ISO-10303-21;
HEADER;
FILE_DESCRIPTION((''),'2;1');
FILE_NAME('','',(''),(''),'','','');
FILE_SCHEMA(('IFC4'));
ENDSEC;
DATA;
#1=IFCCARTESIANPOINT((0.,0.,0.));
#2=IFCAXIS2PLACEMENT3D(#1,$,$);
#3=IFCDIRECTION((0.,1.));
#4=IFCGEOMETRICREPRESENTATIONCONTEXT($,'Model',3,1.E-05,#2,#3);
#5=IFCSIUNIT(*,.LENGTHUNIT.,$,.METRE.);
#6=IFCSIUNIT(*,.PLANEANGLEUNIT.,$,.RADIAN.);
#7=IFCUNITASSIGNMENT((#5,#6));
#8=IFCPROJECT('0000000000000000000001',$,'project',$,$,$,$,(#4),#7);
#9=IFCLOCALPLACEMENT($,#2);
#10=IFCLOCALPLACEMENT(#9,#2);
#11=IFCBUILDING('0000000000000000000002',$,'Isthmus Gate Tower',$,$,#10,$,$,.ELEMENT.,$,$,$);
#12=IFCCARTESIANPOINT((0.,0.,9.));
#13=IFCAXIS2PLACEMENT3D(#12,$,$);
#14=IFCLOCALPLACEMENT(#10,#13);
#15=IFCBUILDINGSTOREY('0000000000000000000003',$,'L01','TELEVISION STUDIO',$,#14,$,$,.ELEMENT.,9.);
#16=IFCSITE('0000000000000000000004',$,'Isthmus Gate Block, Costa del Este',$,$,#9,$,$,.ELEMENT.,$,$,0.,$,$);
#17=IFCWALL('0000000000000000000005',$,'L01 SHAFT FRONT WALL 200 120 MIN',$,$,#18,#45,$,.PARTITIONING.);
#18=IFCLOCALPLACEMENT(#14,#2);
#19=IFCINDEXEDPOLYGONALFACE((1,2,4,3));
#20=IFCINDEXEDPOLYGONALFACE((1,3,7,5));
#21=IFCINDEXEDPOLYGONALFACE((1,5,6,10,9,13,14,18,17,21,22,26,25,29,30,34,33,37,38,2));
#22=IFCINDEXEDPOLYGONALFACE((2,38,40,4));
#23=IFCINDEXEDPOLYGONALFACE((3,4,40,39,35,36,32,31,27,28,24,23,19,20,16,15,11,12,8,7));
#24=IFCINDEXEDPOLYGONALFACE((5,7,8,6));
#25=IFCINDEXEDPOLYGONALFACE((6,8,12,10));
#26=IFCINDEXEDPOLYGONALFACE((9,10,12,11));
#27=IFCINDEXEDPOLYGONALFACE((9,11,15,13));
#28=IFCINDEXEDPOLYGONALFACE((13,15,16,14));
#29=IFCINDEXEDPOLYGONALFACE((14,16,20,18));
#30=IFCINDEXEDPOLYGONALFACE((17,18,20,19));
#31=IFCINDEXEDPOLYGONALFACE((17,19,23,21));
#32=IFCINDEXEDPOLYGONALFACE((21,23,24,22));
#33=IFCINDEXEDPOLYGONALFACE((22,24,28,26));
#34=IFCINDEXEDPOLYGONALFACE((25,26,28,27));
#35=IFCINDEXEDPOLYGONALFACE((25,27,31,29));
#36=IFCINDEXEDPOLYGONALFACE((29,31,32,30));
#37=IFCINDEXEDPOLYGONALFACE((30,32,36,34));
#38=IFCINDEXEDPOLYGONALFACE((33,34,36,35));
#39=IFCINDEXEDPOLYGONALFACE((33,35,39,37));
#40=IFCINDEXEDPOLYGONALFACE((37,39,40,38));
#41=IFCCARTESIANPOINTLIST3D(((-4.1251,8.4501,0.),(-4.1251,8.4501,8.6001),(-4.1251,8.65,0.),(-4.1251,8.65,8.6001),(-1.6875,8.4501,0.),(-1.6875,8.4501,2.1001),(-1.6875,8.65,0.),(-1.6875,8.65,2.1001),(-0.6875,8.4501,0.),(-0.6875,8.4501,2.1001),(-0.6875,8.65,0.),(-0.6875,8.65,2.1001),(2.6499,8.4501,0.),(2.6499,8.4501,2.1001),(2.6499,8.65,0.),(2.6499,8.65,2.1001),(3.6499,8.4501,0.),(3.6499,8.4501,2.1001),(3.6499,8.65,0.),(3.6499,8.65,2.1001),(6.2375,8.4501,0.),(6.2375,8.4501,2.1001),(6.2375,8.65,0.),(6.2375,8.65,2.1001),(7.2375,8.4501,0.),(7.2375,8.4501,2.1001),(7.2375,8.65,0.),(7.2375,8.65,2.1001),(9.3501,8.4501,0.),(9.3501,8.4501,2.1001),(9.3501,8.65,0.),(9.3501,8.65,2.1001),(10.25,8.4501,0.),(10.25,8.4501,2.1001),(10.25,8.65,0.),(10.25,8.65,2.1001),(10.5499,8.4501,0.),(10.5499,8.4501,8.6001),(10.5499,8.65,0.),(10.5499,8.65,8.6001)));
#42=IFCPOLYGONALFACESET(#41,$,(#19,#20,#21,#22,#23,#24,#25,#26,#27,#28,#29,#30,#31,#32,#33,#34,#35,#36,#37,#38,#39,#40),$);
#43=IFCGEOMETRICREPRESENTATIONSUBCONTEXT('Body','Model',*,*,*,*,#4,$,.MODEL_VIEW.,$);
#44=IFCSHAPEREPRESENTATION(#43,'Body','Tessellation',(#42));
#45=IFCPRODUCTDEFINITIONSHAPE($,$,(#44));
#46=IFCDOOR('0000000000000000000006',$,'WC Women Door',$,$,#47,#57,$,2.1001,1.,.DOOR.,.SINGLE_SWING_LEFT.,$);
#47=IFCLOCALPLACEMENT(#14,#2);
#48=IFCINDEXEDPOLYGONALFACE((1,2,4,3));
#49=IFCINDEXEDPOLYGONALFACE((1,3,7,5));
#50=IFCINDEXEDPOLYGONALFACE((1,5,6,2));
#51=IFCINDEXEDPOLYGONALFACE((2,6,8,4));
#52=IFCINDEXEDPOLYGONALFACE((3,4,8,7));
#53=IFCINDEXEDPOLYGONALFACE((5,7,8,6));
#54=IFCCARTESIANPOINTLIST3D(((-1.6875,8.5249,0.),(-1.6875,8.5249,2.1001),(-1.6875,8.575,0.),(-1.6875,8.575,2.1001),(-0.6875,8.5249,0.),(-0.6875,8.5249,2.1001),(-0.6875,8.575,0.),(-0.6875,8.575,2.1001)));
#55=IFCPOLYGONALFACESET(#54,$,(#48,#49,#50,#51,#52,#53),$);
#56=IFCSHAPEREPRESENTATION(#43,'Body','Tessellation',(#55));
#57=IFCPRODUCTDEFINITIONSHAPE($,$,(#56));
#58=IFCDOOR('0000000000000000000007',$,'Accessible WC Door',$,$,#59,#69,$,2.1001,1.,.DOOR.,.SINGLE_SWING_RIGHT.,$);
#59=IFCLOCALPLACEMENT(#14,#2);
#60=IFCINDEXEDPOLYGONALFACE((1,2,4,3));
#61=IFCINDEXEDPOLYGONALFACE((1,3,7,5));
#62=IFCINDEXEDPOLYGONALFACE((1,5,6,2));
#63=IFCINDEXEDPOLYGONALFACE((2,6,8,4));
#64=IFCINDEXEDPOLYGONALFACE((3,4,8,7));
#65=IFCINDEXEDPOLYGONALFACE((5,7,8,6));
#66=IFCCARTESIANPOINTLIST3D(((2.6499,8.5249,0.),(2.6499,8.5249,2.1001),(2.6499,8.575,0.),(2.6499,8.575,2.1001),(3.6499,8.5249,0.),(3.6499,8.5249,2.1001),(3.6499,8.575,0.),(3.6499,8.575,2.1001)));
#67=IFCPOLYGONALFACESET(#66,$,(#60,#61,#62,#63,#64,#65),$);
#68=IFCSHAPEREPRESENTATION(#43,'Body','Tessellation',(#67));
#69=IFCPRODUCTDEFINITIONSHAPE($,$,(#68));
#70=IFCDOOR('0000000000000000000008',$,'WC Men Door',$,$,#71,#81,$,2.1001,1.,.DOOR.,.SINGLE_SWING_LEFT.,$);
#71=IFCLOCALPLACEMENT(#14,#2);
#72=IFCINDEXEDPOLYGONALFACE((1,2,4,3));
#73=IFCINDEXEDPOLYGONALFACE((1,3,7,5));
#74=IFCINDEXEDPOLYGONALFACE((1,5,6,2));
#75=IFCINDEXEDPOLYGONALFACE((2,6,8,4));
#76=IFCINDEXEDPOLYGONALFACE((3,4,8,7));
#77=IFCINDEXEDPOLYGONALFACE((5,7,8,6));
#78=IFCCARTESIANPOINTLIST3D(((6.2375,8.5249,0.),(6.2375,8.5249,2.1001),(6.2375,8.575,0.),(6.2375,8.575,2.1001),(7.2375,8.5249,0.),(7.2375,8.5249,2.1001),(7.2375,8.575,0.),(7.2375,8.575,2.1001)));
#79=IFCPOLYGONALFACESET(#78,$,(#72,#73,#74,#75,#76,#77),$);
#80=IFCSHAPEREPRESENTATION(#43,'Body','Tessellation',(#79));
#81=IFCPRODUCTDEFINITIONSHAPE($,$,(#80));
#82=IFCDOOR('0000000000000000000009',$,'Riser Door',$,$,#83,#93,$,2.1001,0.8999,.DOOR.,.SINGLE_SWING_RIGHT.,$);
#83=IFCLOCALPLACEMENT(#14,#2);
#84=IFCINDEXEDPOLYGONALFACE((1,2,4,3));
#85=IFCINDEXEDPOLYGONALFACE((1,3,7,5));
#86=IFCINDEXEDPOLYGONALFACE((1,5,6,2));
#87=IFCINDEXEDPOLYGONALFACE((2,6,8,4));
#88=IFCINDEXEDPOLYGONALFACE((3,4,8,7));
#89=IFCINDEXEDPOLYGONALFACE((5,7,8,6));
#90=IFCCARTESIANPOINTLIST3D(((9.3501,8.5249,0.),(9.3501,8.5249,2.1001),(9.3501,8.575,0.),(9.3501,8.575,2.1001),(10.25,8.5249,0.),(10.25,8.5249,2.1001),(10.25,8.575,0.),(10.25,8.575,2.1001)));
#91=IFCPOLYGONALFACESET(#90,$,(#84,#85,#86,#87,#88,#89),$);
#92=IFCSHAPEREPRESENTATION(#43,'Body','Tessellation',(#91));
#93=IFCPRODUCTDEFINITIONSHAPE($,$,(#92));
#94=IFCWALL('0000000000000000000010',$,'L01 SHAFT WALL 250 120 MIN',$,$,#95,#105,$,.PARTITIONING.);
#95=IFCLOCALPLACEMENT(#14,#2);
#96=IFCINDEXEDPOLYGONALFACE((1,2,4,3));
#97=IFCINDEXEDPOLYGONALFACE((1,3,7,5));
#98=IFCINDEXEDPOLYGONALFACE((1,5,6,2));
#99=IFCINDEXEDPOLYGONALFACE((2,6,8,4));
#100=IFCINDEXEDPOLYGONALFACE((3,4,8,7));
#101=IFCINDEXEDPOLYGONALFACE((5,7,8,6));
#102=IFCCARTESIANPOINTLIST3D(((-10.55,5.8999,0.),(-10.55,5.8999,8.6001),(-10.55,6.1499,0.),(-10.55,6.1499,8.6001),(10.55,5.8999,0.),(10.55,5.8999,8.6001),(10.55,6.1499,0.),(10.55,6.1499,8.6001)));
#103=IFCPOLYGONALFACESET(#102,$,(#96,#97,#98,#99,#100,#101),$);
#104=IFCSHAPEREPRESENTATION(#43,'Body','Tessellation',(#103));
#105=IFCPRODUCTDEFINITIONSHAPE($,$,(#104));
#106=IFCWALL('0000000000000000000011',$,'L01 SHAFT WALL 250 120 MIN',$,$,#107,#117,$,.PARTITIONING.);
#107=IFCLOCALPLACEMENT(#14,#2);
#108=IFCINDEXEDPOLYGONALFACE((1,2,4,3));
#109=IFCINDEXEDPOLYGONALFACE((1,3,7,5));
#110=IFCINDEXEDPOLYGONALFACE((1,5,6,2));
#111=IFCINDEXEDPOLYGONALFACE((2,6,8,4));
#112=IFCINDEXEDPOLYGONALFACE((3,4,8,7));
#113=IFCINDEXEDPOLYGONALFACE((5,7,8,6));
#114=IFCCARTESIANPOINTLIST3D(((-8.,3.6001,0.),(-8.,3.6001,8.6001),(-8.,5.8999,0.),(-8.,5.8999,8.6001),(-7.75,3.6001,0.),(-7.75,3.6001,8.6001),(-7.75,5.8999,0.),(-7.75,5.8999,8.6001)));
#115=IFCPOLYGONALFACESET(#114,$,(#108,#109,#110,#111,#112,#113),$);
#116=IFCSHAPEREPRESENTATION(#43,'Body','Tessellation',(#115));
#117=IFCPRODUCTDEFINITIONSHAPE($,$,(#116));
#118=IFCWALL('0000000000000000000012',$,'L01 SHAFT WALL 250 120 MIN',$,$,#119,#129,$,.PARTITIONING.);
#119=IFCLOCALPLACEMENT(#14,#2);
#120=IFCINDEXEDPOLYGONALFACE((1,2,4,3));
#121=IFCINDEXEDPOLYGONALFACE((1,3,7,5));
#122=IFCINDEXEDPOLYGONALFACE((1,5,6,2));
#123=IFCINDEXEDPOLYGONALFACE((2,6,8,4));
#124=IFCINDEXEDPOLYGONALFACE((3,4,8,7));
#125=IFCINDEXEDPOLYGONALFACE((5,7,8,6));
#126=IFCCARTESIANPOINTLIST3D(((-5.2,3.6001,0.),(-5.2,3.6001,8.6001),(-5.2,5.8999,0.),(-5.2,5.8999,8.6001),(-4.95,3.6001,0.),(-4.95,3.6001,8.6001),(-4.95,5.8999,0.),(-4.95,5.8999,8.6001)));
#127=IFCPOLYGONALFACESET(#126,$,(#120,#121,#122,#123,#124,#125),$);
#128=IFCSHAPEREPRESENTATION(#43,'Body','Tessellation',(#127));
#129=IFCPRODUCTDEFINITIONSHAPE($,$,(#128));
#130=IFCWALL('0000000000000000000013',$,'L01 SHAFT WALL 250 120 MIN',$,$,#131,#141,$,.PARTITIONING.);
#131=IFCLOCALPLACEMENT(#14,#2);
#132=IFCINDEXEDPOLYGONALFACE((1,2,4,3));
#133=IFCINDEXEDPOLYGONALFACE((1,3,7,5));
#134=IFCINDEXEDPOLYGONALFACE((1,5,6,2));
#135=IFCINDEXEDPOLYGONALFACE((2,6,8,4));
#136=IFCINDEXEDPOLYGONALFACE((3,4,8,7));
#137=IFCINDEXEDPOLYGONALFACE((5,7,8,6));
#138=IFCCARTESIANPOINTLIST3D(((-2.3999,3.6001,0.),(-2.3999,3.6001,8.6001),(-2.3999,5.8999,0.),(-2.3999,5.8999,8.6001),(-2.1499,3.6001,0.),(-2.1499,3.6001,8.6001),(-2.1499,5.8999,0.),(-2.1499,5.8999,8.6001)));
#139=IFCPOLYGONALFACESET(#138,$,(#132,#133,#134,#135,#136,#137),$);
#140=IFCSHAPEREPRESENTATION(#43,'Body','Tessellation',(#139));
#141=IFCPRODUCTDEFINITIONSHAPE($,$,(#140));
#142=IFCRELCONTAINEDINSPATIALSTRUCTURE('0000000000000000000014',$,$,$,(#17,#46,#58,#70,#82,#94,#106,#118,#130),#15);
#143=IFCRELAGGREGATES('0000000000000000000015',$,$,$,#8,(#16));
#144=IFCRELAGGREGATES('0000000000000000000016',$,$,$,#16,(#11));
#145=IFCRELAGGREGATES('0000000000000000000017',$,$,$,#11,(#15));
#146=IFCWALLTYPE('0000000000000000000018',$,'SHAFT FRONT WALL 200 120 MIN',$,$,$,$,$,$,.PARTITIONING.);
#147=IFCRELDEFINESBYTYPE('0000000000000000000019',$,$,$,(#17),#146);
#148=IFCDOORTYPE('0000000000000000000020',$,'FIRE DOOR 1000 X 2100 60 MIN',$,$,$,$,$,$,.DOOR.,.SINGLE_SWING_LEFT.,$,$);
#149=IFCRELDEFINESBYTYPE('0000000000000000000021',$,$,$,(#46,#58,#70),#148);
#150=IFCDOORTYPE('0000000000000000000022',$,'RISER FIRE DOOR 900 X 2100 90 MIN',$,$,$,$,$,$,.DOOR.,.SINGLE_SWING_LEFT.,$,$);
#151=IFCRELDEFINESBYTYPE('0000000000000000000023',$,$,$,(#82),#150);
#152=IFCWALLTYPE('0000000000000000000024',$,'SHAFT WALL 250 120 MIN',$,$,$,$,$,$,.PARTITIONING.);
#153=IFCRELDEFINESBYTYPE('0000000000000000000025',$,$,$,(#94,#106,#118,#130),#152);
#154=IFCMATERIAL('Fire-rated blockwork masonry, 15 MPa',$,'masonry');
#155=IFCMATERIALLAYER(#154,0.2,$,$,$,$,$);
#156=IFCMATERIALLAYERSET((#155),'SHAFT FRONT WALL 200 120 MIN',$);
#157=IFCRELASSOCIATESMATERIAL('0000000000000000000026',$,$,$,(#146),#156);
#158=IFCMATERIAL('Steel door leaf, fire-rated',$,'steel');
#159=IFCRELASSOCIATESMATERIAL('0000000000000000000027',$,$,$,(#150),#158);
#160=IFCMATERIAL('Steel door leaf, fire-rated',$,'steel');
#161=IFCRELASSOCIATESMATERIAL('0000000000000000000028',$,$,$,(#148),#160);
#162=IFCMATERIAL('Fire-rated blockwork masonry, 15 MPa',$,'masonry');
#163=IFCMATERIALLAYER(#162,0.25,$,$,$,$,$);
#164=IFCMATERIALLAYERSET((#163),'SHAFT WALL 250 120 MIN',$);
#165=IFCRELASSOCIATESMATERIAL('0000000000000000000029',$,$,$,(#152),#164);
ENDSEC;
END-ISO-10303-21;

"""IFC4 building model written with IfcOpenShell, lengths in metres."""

from ifc_helpers import new_model, si_unit, direction, frame, frame_2d, origin, place, context, subcontext, project, spatial, rectangle, extrude, material, layer, layer_set, type_object, element, fill, save


model = new_model("IFC4")

# Units and contexts
model_context = context("Model", 3, precision=1e-05, world=origin(), true_north=direction((0.0, 1.0)))
body_context = subcontext(model_context, "Body", "Model", "MODEL_VIEW")
ifc_project = project(units=[si_unit("LENGTHUNIT", "METRE"), si_unit("PLANEANGLEUNIT", "RADIAN")], contexts=[model_context])

# Site, building, storey
site_placement = place(None, origin())
site = spatial("IfcSite", under=ifc_project, at=site_placement, Name="Isthmus Gate Block, Costa del Este", CompositionType="ELEMENT", RefElevation=0.0)
building_placement = place(site_placement, origin())
building = spatial("IfcBuilding", under=site, at=building_placement, Name="Isthmus Gate Tower", CompositionType="ELEMENT")
storey_placement = place(building_placement, frame((0.0, 0.0, 9.0)))
storey = spatial("IfcBuildingStorey", under=building, at=storey_placement, Name="L01", Description="TELEVISION STUDIO", CompositionType="ELEMENT", Elevation=9.0)

# Wall, openings, doors
ifc_material_1 = material(Name="Fire-rated blockwork masonry, 15 MPa", Category="masonry")
ifc_layer_1 = layer(ifc_material_1, 0.2)
ifc_layer_set_1 = layer_set([ifc_layer_1], Name="SHAFT FRONT WALL 200 120 MIN")
wall_type_1 = type_object("IfcWallType", Name="SHAFT FRONT WALL 200 120 MIN", PredefinedType="PARTITIONING", material=ifc_layer_set_1)
ifc_material_2 = material(Name="Steel door leaf, fire-rated", Category="steel")
door_type_1 = type_object("IfcDoorType", Name="RISER FIRE DOOR 900 X 2100 90 MIN", OperationType="SINGLE_SWING_LEFT", PredefinedType="DOOR", material=ifc_material_2)
wall_1_placement = place(storey_placement, frame((-4.125, 8.55, 0.0), z_axis=(0.0, 0.0, 1.0), x_axis=(1.0, 0.0, 0.0)))
wall_1 = element("IfcWall", 1, at=wall_1_placement, inside=storey, type_object=wall_type_1, Name="L01 SHAFT FRONT WALL 200 120 MIN", PredefinedType="PARTITIONING", context=body_context, shape_type="SweptSolid", body=[
    extrude(rectangle(XDim=14.675, YDim=0.2, at=frame_2d((7.3374, 0.0))), origin(), (0.0, 0.0, 1.0), 8.6001),
])
opening_1_placement = place(wall_1_placement, frame((2.4375, 0.0, 0.0)))
opening_1 = element("IfcOpeningElement", 2, at=opening_1_placement, cuts=wall_1, PredefinedType="OPENING", context=body_context, shape_type="SweptSolid", body=[
    extrude(rectangle(XDim=1.0, YDim=2.1001, at=frame_2d((0.5, 1.05))), frame((0.0, 0.1099, 0.0), z_axis=(0.0, -1.0, 0.0), x_axis=(1.0, 0.0, 0.0)), (0.0, 0.0, 1.0), 0.22),
])
opening_2_placement = place(wall_1_placement, frame((6.7749, 0.0, 0.0)))
opening_2 = element("IfcOpeningElement", 3, at=opening_2_placement, cuts=wall_1, PredefinedType="OPENING", context=body_context, shape_type="SweptSolid", body=[
    extrude(rectangle(XDim=1.0, YDim=2.1001, at=frame_2d((0.5, 1.05))), frame((0.0, 0.1099, 0.0), z_axis=(0.0, -1.0, 0.0), x_axis=(1.0, 0.0, 0.0)), (0.0, 0.0, 1.0), 0.22),
])
opening_3_placement = place(wall_1_placement, frame((10.3625, 0.0, 0.0)))
opening_3 = element("IfcOpeningElement", 4, at=opening_3_placement, cuts=wall_1, PredefinedType="OPENING", context=body_context, shape_type="SweptSolid", body=[
    extrude(rectangle(XDim=1.0, YDim=2.1001, at=frame_2d((0.5, 1.05))), frame((0.0, 0.1099, 0.0), z_axis=(0.0, -1.0, 0.0), x_axis=(1.0, 0.0, 0.0)), (0.0, 0.0, 1.0), 0.22),
])
opening_4_placement = place(wall_1_placement, frame((13.4751, 0.0, 0.0)))
opening_4 = element("IfcOpeningElement", 5, at=opening_4_placement, cuts=wall_1, PredefinedType="OPENING", context=body_context, shape_type="SweptSolid", body=[
    extrude(rectangle(XDim=0.8999, YDim=2.1001, at=frame_2d((0.45, 1.05))), frame((0.0, 0.1099, 0.0), z_axis=(0.0, -1.0, 0.0), x_axis=(1.0, 0.0, 0.0)), (0.0, 0.0, 1.0), 0.22),
])
ifc_material_3 = material(Name="Steel door leaf, fire-rated", Category="steel")
door_type_2 = type_object("IfcDoorType", Name="FIRE DOOR 1000 X 2100 60 MIN", OperationType="SINGLE_SWING_LEFT", PredefinedType="DOOR", material=ifc_material_3)
door_1_placement = place(opening_1_placement, origin())
door_1 = element("IfcDoor", 6, at=door_1_placement, inside=storey, type_object=door_type_2, Name="WC Women Door", OperationType="SINGLE_SWING_LEFT", OverallHeight=2.1001, OverallWidth=1.0, PredefinedType="DOOR", context=body_context, shape_type="SweptSolid", body=[
    extrude(rectangle(XDim=1.0, YDim=2.1001, at=frame_2d((0.5, 1.05))), frame((0.0, 0.0249, 0.0), z_axis=(0.0, -1.0, 0.0), x_axis=(1.0, 0.0, 0.0)), (0.0, 0.0, 1.0), 0.05),
])
fill(opening_1, door_1)
door_2_placement = place(opening_2_placement, origin())
door_2 = element("IfcDoor", 7, at=door_2_placement, inside=storey, type_object=door_type_2, Name="Accessible WC Door", OperationType="SINGLE_SWING_RIGHT", OverallHeight=2.1001, OverallWidth=1.0, PredefinedType="DOOR", context=body_context, shape_type="SweptSolid", body=[
    extrude(rectangle(XDim=1.0, YDim=2.1001, at=frame_2d((0.5, 1.05))), frame((0.0, 0.0249, 0.0), z_axis=(0.0, -1.0, 0.0), x_axis=(1.0, 0.0, 0.0)), (0.0, 0.0, 1.0), 0.05),
])
fill(opening_2, door_2)
door_3_placement = place(opening_3_placement, origin())
door_3 = element("IfcDoor", 8, at=door_3_placement, inside=storey, type_object=door_type_2, Name="WC Men Door", OperationType="SINGLE_SWING_LEFT", OverallHeight=2.1001, OverallWidth=1.0, PredefinedType="DOOR", context=body_context, shape_type="SweptSolid", body=[
    extrude(rectangle(XDim=1.0, YDim=2.1001, at=frame_2d((0.5, 1.05))), frame((0.0, 0.0249, 0.0), z_axis=(0.0, -1.0, 0.0), x_axis=(1.0, 0.0, 0.0)), (0.0, 0.0, 1.0), 0.05),
])
fill(opening_3, door_3)
door_4_placement = place(opening_4_placement, origin())
door_4 = element("IfcDoor", 9, at=door_4_placement, inside=storey, type_object=door_type_1, Name="Riser Door", OperationType="SINGLE_SWING_RIGHT", OverallHeight=2.1001, OverallWidth=0.8999, PredefinedType="DOOR", context=body_context, shape_type="SweptSolid", body=[
    extrude(rectangle(XDim=0.8999, YDim=2.1001, at=frame_2d((0.45, 1.05))), frame((0.0, 0.0249, 0.0), z_axis=(0.0, -1.0, 0.0), x_axis=(1.0, 0.0, 0.0)), (0.0, 0.0, 1.0), 0.05),
])
fill(opening_4, door_4)

# Walls
ifc_material_4 = material(Name="Fire-rated blockwork masonry, 15 MPa", Category="masonry")
ifc_layer_2 = layer(ifc_material_4, 0.25)
ifc_layer_set_2 = layer_set([ifc_layer_2], Name="SHAFT WALL 250 120 MIN")
wall_type_2 = type_object("IfcWallType", Name="SHAFT WALL 250 120 MIN", PredefinedType="PARTITIONING", material=ifc_layer_set_2)
wall_2_placement = place(storey_placement, frame((-10.55, 6.0249, 0.0), z_axis=(0.0, 0.0, 1.0), x_axis=(1.0, 0.0, 0.0)))
element("IfcWall", 10, at=wall_2_placement, inside=storey, type_object=wall_type_2, Name="L01 SHAFT WALL 250 120 MIN", PredefinedType="PARTITIONING", context=body_context, shape_type="SweptSolid", body=[
    extrude(rectangle(XDim=21.1001, YDim=0.25, at=frame_2d((10.55, 0.0))), origin(), (0.0, 0.0, 1.0), 8.6001),
])
for number, where, z_axis, x_axis, name in (
    (11, (-7.875, 3.6001, 0.0), (0.0, 0.0, 1.0), (0.0, 1.0, 0.0), "L01 SHAFT WALL 250 120 MIN"),
    (12, (-5.075, 3.6001, 0.0), (0.0, 0.0, 1.0), (0.0, 1.0, 0.0), "L01 SHAFT WALL 250 120 MIN"),
    (13, (-2.2749, 3.6001, 0.0), (0.0, 0.0, 1.0), (0.0, 1.0, 0.0), "L01 SHAFT WALL 250 120 MIN"),
):
    element("IfcWall", number, at=place(storey_placement, frame(where, z_axis=z_axis, x_axis=x_axis)), inside=storey, type_object=wall_type_2, Name=name, PredefinedType="PARTITIONING", context=body_context, shape_type="SweptSolid", body=[
        extrude(rectangle(XDim=2.2998, YDim=0.25, at=frame_2d((1.1499, 0.0))), origin(), (0.0, 0.0, 1.0), 8.6001),
    ])

save(model, "model.ifc")
